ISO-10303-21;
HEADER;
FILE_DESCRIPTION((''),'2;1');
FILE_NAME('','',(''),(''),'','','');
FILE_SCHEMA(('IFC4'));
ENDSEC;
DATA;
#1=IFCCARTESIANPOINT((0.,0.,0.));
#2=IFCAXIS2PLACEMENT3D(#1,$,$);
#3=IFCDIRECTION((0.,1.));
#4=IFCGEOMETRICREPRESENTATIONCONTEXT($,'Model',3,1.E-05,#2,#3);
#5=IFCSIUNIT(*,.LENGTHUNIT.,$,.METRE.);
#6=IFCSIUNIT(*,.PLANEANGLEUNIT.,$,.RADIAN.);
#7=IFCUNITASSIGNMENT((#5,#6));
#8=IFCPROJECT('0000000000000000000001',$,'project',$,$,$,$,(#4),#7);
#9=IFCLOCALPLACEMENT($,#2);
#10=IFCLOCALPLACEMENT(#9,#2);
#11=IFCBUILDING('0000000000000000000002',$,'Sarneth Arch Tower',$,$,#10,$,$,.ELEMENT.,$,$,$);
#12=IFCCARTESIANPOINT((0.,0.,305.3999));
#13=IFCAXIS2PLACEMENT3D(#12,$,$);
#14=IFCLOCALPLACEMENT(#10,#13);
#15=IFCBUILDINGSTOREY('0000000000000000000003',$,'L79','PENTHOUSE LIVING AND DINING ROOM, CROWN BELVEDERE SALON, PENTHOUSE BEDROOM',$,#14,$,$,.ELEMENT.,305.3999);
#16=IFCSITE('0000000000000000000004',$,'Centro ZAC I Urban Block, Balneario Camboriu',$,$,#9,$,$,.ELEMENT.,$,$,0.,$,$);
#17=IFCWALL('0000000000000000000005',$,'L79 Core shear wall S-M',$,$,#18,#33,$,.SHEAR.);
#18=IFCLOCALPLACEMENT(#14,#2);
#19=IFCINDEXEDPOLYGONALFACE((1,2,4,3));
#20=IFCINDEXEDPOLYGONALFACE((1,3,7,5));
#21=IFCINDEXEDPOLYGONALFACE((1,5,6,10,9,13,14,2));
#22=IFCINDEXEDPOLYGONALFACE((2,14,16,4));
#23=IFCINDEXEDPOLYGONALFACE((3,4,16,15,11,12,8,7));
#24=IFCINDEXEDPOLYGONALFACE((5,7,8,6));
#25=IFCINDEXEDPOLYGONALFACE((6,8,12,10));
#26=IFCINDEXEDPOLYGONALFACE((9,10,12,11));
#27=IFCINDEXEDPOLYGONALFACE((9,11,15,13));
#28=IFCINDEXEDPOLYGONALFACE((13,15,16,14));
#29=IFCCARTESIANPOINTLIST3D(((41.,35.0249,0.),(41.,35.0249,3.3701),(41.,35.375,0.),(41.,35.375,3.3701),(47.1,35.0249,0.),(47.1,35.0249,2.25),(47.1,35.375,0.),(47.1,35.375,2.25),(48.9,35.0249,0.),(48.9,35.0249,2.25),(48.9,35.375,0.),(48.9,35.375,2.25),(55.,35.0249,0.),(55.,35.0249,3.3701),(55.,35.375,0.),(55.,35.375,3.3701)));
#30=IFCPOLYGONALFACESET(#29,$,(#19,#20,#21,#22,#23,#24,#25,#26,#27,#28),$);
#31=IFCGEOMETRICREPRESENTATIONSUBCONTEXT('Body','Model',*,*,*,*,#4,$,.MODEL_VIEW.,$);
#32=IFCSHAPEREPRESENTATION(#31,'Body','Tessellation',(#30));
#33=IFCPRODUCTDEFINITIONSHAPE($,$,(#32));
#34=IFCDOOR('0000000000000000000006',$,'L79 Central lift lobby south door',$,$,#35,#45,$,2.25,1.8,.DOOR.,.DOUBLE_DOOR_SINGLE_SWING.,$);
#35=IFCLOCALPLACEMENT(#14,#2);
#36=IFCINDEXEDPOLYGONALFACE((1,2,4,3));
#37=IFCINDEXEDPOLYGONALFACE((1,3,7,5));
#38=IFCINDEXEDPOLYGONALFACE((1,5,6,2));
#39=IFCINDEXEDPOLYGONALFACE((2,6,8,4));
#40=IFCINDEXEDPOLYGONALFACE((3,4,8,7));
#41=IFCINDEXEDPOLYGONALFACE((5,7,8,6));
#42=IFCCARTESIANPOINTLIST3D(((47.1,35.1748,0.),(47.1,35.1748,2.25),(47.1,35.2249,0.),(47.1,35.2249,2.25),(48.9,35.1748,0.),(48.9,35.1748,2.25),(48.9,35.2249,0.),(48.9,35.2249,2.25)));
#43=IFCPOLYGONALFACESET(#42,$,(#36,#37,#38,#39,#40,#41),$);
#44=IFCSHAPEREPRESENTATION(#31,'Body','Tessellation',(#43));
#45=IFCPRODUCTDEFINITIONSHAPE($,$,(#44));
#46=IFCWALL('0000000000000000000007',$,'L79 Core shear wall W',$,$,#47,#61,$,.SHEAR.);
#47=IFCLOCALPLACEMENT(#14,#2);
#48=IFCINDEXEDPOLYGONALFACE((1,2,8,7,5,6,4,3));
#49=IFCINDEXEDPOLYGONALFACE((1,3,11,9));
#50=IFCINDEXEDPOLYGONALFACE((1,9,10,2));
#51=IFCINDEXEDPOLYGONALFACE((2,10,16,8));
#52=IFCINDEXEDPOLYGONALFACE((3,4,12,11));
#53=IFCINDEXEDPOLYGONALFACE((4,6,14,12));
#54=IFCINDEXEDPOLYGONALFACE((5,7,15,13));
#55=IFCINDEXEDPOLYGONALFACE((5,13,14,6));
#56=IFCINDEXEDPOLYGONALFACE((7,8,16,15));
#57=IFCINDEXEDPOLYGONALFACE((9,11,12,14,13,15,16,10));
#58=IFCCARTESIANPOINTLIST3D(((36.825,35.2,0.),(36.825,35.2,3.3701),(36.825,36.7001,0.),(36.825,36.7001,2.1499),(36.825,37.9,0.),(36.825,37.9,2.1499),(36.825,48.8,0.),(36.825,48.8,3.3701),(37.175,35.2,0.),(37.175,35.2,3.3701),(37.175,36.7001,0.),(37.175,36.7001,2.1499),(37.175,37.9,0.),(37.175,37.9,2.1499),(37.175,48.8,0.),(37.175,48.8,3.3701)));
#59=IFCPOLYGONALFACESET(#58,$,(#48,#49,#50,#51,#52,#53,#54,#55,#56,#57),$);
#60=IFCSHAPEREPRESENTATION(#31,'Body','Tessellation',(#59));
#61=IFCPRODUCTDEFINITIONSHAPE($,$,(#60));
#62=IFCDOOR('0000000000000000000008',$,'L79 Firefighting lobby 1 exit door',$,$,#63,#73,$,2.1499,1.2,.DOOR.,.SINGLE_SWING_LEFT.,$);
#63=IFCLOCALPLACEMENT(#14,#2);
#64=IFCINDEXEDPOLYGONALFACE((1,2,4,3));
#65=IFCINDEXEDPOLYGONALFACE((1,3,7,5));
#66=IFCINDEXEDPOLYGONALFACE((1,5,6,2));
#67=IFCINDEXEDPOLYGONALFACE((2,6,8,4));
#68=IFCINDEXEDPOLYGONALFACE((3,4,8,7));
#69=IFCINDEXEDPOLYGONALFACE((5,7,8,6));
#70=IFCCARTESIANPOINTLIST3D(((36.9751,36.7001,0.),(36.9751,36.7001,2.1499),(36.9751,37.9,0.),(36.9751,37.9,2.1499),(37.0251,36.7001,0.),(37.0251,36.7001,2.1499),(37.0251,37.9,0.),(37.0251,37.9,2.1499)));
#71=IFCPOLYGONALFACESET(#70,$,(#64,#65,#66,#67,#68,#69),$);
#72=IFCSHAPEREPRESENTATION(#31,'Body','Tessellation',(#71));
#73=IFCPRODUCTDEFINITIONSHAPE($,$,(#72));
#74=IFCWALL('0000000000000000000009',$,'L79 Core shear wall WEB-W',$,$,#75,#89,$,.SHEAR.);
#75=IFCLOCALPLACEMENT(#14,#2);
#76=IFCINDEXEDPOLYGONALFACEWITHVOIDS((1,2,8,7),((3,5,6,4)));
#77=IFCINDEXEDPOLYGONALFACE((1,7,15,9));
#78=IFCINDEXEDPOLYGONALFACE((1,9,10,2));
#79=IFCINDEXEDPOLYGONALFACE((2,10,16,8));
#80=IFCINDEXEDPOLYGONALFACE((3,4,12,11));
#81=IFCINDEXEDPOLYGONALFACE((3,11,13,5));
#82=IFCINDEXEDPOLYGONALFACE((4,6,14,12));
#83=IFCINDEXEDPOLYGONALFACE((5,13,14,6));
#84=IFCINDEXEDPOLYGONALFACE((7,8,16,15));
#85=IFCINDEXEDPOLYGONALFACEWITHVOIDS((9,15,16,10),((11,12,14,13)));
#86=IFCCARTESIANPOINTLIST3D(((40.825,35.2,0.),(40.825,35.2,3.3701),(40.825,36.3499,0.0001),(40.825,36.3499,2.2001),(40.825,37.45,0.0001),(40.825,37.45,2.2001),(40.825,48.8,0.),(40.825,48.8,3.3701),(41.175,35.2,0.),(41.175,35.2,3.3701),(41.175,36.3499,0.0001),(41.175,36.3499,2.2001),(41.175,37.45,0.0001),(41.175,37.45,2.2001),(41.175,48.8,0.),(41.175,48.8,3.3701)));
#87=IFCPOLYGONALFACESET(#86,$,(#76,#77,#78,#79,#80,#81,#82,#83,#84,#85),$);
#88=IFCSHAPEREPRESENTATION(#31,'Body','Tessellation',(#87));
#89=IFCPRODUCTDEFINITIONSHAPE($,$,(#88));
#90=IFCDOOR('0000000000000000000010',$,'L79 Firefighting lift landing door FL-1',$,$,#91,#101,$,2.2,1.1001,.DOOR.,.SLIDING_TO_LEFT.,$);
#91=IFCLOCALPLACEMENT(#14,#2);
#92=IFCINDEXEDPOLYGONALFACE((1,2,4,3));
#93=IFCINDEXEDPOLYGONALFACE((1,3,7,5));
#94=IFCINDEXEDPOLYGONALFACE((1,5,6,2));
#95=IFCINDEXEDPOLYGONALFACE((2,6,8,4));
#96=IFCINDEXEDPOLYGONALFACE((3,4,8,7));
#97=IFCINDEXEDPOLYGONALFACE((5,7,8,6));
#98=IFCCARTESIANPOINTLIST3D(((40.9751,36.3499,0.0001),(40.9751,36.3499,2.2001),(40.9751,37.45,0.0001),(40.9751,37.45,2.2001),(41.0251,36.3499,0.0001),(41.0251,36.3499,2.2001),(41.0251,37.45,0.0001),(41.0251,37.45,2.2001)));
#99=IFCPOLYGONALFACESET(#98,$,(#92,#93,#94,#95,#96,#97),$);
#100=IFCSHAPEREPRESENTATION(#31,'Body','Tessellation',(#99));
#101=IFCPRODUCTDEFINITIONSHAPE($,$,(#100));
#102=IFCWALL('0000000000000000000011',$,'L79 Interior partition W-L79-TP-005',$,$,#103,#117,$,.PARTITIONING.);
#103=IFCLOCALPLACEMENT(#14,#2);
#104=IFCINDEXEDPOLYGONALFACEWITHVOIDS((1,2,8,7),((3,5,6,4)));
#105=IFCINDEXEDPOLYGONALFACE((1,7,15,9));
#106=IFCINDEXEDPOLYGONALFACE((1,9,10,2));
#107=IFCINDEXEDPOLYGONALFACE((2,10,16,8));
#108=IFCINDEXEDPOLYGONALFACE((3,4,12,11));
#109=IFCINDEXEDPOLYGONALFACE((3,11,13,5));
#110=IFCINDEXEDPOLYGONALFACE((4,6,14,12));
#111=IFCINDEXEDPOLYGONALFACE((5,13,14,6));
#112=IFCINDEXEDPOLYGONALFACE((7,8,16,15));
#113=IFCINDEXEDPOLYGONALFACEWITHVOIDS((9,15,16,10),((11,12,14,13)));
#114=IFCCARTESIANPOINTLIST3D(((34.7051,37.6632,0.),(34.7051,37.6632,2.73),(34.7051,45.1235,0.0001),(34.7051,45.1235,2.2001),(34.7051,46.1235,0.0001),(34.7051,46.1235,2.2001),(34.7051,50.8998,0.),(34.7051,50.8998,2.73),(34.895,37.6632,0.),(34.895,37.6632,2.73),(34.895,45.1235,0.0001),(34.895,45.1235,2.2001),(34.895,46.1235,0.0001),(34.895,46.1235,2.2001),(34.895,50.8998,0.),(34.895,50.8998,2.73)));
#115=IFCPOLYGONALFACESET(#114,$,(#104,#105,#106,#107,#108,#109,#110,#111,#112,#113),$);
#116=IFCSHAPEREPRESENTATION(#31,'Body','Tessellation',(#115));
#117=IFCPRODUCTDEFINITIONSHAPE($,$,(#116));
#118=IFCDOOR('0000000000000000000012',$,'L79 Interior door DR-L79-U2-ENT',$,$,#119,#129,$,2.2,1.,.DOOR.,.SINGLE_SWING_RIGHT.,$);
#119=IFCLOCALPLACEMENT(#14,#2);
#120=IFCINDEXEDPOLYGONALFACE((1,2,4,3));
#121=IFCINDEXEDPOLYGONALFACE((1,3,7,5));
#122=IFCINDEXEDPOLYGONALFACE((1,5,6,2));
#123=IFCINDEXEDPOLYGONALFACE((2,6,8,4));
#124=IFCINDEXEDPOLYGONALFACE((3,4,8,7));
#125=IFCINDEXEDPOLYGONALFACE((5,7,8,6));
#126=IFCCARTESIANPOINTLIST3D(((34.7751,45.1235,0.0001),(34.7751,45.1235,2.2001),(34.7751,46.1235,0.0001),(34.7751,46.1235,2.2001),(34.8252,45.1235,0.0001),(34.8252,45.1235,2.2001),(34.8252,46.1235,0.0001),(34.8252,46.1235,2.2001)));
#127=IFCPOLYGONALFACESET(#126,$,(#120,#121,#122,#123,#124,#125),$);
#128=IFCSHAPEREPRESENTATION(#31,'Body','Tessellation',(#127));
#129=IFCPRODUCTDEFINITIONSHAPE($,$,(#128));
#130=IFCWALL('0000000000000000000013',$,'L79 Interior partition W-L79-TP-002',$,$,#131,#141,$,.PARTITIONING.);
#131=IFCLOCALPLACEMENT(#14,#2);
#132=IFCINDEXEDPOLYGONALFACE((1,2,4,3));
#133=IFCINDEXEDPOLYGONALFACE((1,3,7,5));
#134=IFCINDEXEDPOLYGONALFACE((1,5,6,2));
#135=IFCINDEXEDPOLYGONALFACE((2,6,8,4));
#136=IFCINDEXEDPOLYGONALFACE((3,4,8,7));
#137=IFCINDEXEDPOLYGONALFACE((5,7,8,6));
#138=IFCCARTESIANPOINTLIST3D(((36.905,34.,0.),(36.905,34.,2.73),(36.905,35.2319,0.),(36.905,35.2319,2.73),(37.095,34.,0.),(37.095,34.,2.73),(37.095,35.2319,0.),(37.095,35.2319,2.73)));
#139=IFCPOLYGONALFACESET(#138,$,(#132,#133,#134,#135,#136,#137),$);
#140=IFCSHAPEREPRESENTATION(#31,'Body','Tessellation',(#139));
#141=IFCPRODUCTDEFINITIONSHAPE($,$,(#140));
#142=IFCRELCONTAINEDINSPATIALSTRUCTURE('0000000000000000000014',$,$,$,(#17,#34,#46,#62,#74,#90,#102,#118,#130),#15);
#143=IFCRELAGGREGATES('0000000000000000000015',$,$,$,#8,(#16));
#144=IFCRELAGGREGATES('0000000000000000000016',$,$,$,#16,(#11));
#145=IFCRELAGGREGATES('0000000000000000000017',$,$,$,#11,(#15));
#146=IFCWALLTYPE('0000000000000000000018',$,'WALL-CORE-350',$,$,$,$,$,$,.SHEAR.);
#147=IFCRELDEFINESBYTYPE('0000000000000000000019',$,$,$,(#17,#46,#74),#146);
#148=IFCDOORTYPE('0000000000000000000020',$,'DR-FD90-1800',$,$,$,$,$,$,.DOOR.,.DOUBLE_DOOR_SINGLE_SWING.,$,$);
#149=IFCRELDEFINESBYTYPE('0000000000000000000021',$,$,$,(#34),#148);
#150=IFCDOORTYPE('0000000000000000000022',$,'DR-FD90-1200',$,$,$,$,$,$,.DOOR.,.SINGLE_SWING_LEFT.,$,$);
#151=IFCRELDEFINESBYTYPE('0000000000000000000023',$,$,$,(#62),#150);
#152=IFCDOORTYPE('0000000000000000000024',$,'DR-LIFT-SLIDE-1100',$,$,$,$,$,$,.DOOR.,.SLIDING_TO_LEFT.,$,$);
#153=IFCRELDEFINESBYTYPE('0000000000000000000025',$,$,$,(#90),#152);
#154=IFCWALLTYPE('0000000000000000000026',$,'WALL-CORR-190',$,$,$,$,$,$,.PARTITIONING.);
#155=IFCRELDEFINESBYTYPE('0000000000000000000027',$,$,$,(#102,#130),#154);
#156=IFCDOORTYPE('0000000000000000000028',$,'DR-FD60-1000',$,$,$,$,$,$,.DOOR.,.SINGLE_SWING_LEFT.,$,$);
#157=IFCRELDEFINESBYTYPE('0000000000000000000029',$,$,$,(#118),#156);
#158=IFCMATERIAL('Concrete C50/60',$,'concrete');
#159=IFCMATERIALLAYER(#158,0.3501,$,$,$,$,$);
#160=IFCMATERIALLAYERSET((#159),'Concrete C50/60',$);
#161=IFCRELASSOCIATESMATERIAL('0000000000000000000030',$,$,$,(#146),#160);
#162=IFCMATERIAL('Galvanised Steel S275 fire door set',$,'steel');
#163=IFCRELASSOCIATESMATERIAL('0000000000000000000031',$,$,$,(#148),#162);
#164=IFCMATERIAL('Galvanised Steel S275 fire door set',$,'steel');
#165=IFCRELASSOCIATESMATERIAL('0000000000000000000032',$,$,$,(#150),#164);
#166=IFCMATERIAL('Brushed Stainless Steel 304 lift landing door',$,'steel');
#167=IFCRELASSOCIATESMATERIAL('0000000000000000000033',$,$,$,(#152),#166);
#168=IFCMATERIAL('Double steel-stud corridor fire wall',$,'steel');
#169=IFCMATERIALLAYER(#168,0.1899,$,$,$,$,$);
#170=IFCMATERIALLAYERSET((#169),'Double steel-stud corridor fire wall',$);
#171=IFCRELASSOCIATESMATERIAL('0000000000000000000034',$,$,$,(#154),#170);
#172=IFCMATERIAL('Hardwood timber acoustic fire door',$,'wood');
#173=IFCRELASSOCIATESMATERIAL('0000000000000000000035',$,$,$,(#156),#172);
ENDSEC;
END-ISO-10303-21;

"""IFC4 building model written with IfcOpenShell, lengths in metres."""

from ifc_helpers import new_model, si_unit, direction, frame, frame_2d, origin, place, context, subcontext, project, spatial, rectangle, extrude, material, layer, layer_set, type_object, element, fill, save


model = new_model("IFC4")

# Units and contexts
model_context = context("Model", 3, precision=1e-05, world=origin(), true_north=direction((0.0, 1.0)))
body_context = subcontext(model_context, "Body", "Model", "MODEL_VIEW")
ifc_project = project(units=[si_unit("LENGTHUNIT", "METRE"), si_unit("PLANEANGLEUNIT", "RADIAN")], contexts=[model_context])

# Site, building, storey
site_placement = place(None, origin())
site = spatial("IfcSite", under=ifc_project, at=site_placement, Name="Centro ZAC I Urban Block, Balneario Camboriu", CompositionType="ELEMENT", RefElevation=0.0)
building_placement = place(site_placement, origin())
building = spatial("IfcBuilding", under=site, at=building_placement, Name="Sarneth Arch Tower", CompositionType="ELEMENT")
storey_placement = place(building_placement, frame((0.0, 0.0, 305.3999)))
storey = spatial("IfcBuildingStorey", under=building, at=storey_placement, Name="L79", Description="PENTHOUSE LIVING AND DINING ROOM, CROWN BELVEDERE SALON, PENTHOUSE BEDROOM", CompositionType="ELEMENT", Elevation=305.3999)

# Shared definitions
ifc_material_1 = material(Name="Concrete C50/60", Category="concrete")
ifc_layer_1 = layer(ifc_material_1, 0.3501)
ifc_layer_set_1 = layer_set([ifc_layer_1], Name="Concrete C50/60")
wall_type_1 = type_object("IfcWallType", Name="WALL-CORE-350", PredefinedType="SHEAR", material=ifc_layer_set_1)

# Walls, openings, doors
wall_1_placement = place(storey_placement, frame((41.0, 35.2, 0.0), z_axis=(0.0, 0.0, 1.0), x_axis=(1.0, 0.0, 0.0)))
wall_1 = element("IfcWall", 1, at=wall_1_placement, inside=storey, type_object=wall_type_1, Name="L79 Core shear wall S-M", PredefinedType="SHEAR", context=body_context, shape_type="SweptSolid", body=[
    extrude(rectangle(XDim=14.0, YDim=0.3501, at=frame_2d((7.0, 0.0))), origin(), (0.0, 0.0, 1.0), 3.3701),
])
opening_1_placement = place(wall_1_placement, frame((6.1001, 0.0, 0.0)))
opening_1 = element("IfcOpeningElement", 2, at=opening_1_placement, cuts=wall_1, PredefinedType="OPENING", context=body_context, shape_type="SweptSolid", body=[
    extrude(rectangle(XDim=1.8, YDim=2.25, at=frame_2d((0.8999, 1.125))), frame((0.0, 0.1851, 0.0), z_axis=(0.0, -1.0, 0.0), x_axis=(1.0, 0.0, 0.0)), (0.0, 0.0, 1.0), 0.3701),
])
ifc_material_2 = material(Name="Galvanised Steel S275 fire door set", Category="steel")
door_type_1 = type_object("IfcDoorType", Name="DR-FD90-1800", OperationType="DOUBLE_DOOR_SINGLE_SWING", PredefinedType="DOOR", material=ifc_material_2)
door_1_placement = place(opening_1_placement, origin())
door_1 = element("IfcDoor", 3, at=door_1_placement, inside=storey, type_object=door_type_1, Name="L79 Central lift lobby south door", OperationType="DOUBLE_DOOR_SINGLE_SWING", OverallHeight=2.25, OverallWidth=1.8, PredefinedType="DOOR", context=body_context, shape_type="SweptSolid", body=[
    extrude(rectangle(XDim=1.8, YDim=2.25, at=frame_2d((0.8999, 1.125))), frame((0.0, 0.0249, 0.0), z_axis=(0.0, -1.0, 0.0), x_axis=(1.0, 0.0, 0.0)), (0.0, 0.0, 1.0), 0.05),
])
fill(opening_1, door_1)
wall_2_placement = place(storey_placement, frame((37.0, 35.2, 0.0), z_axis=(0.0, 0.0, 1.0), x_axis=(0.0, 1.0, 0.0)))
wall_2 = element("IfcWall", 4, at=wall_2_placement, inside=storey, type_object=wall_type_1, Name="L79 Core shear wall W", PredefinedType="SHEAR", context=body_context, shape_type="SweptSolid", body=[
    extrude(rectangle(XDim=13.6001, YDim=0.3501, at=frame_2d((6.8, 0.0))), origin(), (0.0, 0.0, 1.0), 3.3701),
])
opening_2_placement = place(wall_2_placement, frame((1.5, 0.0, 0.0)))
opening_2 = element("IfcOpeningElement", 5, at=opening_2_placement, cuts=wall_2, PredefinedType="OPENING", context=body_context, shape_type="SweptSolid", body=[
    extrude(rectangle(XDim=1.2, YDim=2.1499, at=frame_2d((0.6001, 1.075))), frame((0.0, 0.1851, 0.0), z_axis=(0.0, -1.0, 0.0), x_axis=(1.0, 0.0, 0.0)), (0.0, 0.0, 1.0), 0.3701),
])
ifc_material_3 = material(Name="Galvanised Steel S275 fire door set", Category="steel")
door_type_2 = type_object("IfcDoorType", Name="DR-FD90-1200", OperationType="SINGLE_SWING_LEFT", PredefinedType="DOOR", material=ifc_material_3)
door_2_placement = place(opening_2_placement, origin())
door_2 = element("IfcDoor", 6, at=door_2_placement, inside=storey, type_object=door_type_2, Name="L79 Firefighting lobby 1 exit door", OperationType="SINGLE_SWING_LEFT", OverallHeight=2.1499, OverallWidth=1.2, PredefinedType="DOOR", context=body_context, shape_type="SweptSolid", body=[
    extrude(rectangle(XDim=1.2, YDim=2.1499, at=frame_2d((0.6001, 1.075))), frame((0.0, 0.0249, 0.0), z_axis=(0.0, -1.0, 0.0), x_axis=(1.0, 0.0, 0.0)), (0.0, 0.0, 1.0), 0.05),
])
fill(opening_2, door_2)
wall_3_placement = place(storey_placement, frame((41.0, 35.2, 0.0), z_axis=(0.0, 0.0, 1.0), x_axis=(0.0, 1.0, 0.0)))
wall_3 = element("IfcWall", 7, at=wall_3_placement, inside=storey, type_object=wall_type_1, Name="L79 Core shear wall WEB-W", PredefinedType="SHEAR", context=body_context, shape_type="SweptSolid", body=[
    extrude(rectangle(XDim=13.6001, YDim=0.3501, at=frame_2d((6.8, 0.0))), origin(), (0.0, 0.0, 1.0), 3.3701),
])
opening_3_placement = place(wall_3_placement, frame((1.1499, 0.0, 0.0)))
opening_3 = element("IfcOpeningElement", 8, at=opening_3_placement, cuts=wall_3, PredefinedType="OPENING", context=body_context, shape_type="SweptSolid", body=[
    extrude(rectangle(XDim=1.1001, YDim=2.2, at=frame_2d((0.55, 1.1001))), frame((0.0, 0.1851, 0.0), z_axis=(0.0, -1.0, 0.0), x_axis=(1.0, 0.0, 0.0)), (0.0, 0.0, 1.0), 0.3701),
])
ifc_material_4 = material(Name="Brushed Stainless Steel 304 lift landing door", Category="steel")
door_type_3 = type_object("IfcDoorType", Name="DR-LIFT-SLIDE-1100", OperationType="SLIDING_TO_LEFT", PredefinedType="DOOR", material=ifc_material_4)
door_3_placement = place(opening_3_placement, origin())
door_3 = element("IfcDoor", 9, at=door_3_placement, inside=storey, type_object=door_type_3, Name="L79 Firefighting lift landing door FL-1", OperationType="SLIDING_TO_LEFT", OverallHeight=2.2, OverallWidth=1.1001, PredefinedType="DOOR", context=body_context, shape_type="SweptSolid", body=[
    extrude(rectangle(XDim=1.1001, YDim=2.2, at=frame_2d((0.55, 1.1001))), frame((0.0, 0.0249, 0.0), z_axis=(0.0, -1.0, 0.0), x_axis=(1.0, 0.0, 0.0)), (0.0, 0.0, 1.0), 0.05),
])
fill(opening_3, door_3)
ifc_material_5 = material(Name="Double steel-stud corridor fire wall", Category="steel")
ifc_layer_2 = layer(ifc_material_5, 0.1899)
ifc_layer_set_2 = layer_set([ifc_layer_2], Name="Double steel-stud corridor fire wall")
wall_type_2 = type_object("IfcWallType", Name="WALL-CORR-190", PredefinedType="PARTITIONING", material=ifc_layer_set_2)
wall_4_placement = place(storey_placement, frame((34.8, 37.6633, 0.0), z_axis=(0.0, 0.0, 1.0), x_axis=(0.0, 1.0, 0.0)))
wall_4 = element("IfcWall", 10, at=wall_4_placement, inside=storey, type_object=wall_type_2, Name="L79 Interior partition W-L79-TP-005", PredefinedType="PARTITIONING", context=body_context, shape_type="SweptSolid", body=[
    extrude(rectangle(XDim=13.2366, YDim=0.1899, at=frame_2d((6.6182, 0.0))), origin(), (0.0, 0.0, 1.0), 2.73),
])
opening_4_placement = place(wall_4_placement, frame((7.4602, 0.0, 0.0)))
opening_4 = element("IfcOpeningElement", 11, at=opening_4_placement, cuts=wall_4, PredefinedType="OPENING", context=body_context, shape_type="SweptSolid", body=[
    extrude(rectangle(XDim=1.0, YDim=2.2, at=frame_2d((0.5, 1.1001))), frame((0.0, 0.105, 0.0), z_axis=(0.0, -1.0, 0.0), x_axis=(1.0, 0.0, 0.0)), (0.0, 0.0, 1.0), 0.21),
])
ifc_material_6 = material(Name="Hardwood timber acoustic fire door", Category="wood")
door_type_4 = type_object("IfcDoorType", Name="DR-FD60-1000", OperationType="SINGLE_SWING_LEFT", PredefinedType="DOOR", material=ifc_material_6)
door_4_placement = place(opening_4_placement, origin())
door_4 = element("IfcDoor", 12, at=door_4_placement, inside=storey, type_object=door_type_4, Name="L79 Interior door DR-L79-U2-ENT", OperationType="SINGLE_SWING_RIGHT", OverallHeight=2.2, OverallWidth=1.0, PredefinedType="DOOR", context=body_context, shape_type="SweptSolid", body=[
    extrude(rectangle(XDim=1.0, YDim=2.2, at=frame_2d((0.5, 1.1001))), frame((0.0, 0.0249, 0.0), z_axis=(0.0, -1.0, 0.0), x_axis=(1.0, 0.0, 0.0)), (0.0, 0.0, 1.0), 0.05),
])
fill(opening_4, door_4)

# Wall
wall_5_placement = place(storey_placement, frame((37.0, 35.2319, 0.0), z_axis=(0.0, 0.0, 1.0), x_axis=(0.0, -1.0, 0.0)))
element("IfcWall", 13, at=wall_5_placement, inside=storey, type_object=wall_type_2, Name="L79 Interior partition W-L79-TP-002", PredefinedType="PARTITIONING", context=body_context, shape_type="SweptSolid", body=[
    extrude(rectangle(XDim=1.2319, YDim=0.1899, at=frame_2d((0.616, 0.0))), origin(), (0.0, 0.0, 1.0), 2.73),
])

save(model, "model.ifc")
